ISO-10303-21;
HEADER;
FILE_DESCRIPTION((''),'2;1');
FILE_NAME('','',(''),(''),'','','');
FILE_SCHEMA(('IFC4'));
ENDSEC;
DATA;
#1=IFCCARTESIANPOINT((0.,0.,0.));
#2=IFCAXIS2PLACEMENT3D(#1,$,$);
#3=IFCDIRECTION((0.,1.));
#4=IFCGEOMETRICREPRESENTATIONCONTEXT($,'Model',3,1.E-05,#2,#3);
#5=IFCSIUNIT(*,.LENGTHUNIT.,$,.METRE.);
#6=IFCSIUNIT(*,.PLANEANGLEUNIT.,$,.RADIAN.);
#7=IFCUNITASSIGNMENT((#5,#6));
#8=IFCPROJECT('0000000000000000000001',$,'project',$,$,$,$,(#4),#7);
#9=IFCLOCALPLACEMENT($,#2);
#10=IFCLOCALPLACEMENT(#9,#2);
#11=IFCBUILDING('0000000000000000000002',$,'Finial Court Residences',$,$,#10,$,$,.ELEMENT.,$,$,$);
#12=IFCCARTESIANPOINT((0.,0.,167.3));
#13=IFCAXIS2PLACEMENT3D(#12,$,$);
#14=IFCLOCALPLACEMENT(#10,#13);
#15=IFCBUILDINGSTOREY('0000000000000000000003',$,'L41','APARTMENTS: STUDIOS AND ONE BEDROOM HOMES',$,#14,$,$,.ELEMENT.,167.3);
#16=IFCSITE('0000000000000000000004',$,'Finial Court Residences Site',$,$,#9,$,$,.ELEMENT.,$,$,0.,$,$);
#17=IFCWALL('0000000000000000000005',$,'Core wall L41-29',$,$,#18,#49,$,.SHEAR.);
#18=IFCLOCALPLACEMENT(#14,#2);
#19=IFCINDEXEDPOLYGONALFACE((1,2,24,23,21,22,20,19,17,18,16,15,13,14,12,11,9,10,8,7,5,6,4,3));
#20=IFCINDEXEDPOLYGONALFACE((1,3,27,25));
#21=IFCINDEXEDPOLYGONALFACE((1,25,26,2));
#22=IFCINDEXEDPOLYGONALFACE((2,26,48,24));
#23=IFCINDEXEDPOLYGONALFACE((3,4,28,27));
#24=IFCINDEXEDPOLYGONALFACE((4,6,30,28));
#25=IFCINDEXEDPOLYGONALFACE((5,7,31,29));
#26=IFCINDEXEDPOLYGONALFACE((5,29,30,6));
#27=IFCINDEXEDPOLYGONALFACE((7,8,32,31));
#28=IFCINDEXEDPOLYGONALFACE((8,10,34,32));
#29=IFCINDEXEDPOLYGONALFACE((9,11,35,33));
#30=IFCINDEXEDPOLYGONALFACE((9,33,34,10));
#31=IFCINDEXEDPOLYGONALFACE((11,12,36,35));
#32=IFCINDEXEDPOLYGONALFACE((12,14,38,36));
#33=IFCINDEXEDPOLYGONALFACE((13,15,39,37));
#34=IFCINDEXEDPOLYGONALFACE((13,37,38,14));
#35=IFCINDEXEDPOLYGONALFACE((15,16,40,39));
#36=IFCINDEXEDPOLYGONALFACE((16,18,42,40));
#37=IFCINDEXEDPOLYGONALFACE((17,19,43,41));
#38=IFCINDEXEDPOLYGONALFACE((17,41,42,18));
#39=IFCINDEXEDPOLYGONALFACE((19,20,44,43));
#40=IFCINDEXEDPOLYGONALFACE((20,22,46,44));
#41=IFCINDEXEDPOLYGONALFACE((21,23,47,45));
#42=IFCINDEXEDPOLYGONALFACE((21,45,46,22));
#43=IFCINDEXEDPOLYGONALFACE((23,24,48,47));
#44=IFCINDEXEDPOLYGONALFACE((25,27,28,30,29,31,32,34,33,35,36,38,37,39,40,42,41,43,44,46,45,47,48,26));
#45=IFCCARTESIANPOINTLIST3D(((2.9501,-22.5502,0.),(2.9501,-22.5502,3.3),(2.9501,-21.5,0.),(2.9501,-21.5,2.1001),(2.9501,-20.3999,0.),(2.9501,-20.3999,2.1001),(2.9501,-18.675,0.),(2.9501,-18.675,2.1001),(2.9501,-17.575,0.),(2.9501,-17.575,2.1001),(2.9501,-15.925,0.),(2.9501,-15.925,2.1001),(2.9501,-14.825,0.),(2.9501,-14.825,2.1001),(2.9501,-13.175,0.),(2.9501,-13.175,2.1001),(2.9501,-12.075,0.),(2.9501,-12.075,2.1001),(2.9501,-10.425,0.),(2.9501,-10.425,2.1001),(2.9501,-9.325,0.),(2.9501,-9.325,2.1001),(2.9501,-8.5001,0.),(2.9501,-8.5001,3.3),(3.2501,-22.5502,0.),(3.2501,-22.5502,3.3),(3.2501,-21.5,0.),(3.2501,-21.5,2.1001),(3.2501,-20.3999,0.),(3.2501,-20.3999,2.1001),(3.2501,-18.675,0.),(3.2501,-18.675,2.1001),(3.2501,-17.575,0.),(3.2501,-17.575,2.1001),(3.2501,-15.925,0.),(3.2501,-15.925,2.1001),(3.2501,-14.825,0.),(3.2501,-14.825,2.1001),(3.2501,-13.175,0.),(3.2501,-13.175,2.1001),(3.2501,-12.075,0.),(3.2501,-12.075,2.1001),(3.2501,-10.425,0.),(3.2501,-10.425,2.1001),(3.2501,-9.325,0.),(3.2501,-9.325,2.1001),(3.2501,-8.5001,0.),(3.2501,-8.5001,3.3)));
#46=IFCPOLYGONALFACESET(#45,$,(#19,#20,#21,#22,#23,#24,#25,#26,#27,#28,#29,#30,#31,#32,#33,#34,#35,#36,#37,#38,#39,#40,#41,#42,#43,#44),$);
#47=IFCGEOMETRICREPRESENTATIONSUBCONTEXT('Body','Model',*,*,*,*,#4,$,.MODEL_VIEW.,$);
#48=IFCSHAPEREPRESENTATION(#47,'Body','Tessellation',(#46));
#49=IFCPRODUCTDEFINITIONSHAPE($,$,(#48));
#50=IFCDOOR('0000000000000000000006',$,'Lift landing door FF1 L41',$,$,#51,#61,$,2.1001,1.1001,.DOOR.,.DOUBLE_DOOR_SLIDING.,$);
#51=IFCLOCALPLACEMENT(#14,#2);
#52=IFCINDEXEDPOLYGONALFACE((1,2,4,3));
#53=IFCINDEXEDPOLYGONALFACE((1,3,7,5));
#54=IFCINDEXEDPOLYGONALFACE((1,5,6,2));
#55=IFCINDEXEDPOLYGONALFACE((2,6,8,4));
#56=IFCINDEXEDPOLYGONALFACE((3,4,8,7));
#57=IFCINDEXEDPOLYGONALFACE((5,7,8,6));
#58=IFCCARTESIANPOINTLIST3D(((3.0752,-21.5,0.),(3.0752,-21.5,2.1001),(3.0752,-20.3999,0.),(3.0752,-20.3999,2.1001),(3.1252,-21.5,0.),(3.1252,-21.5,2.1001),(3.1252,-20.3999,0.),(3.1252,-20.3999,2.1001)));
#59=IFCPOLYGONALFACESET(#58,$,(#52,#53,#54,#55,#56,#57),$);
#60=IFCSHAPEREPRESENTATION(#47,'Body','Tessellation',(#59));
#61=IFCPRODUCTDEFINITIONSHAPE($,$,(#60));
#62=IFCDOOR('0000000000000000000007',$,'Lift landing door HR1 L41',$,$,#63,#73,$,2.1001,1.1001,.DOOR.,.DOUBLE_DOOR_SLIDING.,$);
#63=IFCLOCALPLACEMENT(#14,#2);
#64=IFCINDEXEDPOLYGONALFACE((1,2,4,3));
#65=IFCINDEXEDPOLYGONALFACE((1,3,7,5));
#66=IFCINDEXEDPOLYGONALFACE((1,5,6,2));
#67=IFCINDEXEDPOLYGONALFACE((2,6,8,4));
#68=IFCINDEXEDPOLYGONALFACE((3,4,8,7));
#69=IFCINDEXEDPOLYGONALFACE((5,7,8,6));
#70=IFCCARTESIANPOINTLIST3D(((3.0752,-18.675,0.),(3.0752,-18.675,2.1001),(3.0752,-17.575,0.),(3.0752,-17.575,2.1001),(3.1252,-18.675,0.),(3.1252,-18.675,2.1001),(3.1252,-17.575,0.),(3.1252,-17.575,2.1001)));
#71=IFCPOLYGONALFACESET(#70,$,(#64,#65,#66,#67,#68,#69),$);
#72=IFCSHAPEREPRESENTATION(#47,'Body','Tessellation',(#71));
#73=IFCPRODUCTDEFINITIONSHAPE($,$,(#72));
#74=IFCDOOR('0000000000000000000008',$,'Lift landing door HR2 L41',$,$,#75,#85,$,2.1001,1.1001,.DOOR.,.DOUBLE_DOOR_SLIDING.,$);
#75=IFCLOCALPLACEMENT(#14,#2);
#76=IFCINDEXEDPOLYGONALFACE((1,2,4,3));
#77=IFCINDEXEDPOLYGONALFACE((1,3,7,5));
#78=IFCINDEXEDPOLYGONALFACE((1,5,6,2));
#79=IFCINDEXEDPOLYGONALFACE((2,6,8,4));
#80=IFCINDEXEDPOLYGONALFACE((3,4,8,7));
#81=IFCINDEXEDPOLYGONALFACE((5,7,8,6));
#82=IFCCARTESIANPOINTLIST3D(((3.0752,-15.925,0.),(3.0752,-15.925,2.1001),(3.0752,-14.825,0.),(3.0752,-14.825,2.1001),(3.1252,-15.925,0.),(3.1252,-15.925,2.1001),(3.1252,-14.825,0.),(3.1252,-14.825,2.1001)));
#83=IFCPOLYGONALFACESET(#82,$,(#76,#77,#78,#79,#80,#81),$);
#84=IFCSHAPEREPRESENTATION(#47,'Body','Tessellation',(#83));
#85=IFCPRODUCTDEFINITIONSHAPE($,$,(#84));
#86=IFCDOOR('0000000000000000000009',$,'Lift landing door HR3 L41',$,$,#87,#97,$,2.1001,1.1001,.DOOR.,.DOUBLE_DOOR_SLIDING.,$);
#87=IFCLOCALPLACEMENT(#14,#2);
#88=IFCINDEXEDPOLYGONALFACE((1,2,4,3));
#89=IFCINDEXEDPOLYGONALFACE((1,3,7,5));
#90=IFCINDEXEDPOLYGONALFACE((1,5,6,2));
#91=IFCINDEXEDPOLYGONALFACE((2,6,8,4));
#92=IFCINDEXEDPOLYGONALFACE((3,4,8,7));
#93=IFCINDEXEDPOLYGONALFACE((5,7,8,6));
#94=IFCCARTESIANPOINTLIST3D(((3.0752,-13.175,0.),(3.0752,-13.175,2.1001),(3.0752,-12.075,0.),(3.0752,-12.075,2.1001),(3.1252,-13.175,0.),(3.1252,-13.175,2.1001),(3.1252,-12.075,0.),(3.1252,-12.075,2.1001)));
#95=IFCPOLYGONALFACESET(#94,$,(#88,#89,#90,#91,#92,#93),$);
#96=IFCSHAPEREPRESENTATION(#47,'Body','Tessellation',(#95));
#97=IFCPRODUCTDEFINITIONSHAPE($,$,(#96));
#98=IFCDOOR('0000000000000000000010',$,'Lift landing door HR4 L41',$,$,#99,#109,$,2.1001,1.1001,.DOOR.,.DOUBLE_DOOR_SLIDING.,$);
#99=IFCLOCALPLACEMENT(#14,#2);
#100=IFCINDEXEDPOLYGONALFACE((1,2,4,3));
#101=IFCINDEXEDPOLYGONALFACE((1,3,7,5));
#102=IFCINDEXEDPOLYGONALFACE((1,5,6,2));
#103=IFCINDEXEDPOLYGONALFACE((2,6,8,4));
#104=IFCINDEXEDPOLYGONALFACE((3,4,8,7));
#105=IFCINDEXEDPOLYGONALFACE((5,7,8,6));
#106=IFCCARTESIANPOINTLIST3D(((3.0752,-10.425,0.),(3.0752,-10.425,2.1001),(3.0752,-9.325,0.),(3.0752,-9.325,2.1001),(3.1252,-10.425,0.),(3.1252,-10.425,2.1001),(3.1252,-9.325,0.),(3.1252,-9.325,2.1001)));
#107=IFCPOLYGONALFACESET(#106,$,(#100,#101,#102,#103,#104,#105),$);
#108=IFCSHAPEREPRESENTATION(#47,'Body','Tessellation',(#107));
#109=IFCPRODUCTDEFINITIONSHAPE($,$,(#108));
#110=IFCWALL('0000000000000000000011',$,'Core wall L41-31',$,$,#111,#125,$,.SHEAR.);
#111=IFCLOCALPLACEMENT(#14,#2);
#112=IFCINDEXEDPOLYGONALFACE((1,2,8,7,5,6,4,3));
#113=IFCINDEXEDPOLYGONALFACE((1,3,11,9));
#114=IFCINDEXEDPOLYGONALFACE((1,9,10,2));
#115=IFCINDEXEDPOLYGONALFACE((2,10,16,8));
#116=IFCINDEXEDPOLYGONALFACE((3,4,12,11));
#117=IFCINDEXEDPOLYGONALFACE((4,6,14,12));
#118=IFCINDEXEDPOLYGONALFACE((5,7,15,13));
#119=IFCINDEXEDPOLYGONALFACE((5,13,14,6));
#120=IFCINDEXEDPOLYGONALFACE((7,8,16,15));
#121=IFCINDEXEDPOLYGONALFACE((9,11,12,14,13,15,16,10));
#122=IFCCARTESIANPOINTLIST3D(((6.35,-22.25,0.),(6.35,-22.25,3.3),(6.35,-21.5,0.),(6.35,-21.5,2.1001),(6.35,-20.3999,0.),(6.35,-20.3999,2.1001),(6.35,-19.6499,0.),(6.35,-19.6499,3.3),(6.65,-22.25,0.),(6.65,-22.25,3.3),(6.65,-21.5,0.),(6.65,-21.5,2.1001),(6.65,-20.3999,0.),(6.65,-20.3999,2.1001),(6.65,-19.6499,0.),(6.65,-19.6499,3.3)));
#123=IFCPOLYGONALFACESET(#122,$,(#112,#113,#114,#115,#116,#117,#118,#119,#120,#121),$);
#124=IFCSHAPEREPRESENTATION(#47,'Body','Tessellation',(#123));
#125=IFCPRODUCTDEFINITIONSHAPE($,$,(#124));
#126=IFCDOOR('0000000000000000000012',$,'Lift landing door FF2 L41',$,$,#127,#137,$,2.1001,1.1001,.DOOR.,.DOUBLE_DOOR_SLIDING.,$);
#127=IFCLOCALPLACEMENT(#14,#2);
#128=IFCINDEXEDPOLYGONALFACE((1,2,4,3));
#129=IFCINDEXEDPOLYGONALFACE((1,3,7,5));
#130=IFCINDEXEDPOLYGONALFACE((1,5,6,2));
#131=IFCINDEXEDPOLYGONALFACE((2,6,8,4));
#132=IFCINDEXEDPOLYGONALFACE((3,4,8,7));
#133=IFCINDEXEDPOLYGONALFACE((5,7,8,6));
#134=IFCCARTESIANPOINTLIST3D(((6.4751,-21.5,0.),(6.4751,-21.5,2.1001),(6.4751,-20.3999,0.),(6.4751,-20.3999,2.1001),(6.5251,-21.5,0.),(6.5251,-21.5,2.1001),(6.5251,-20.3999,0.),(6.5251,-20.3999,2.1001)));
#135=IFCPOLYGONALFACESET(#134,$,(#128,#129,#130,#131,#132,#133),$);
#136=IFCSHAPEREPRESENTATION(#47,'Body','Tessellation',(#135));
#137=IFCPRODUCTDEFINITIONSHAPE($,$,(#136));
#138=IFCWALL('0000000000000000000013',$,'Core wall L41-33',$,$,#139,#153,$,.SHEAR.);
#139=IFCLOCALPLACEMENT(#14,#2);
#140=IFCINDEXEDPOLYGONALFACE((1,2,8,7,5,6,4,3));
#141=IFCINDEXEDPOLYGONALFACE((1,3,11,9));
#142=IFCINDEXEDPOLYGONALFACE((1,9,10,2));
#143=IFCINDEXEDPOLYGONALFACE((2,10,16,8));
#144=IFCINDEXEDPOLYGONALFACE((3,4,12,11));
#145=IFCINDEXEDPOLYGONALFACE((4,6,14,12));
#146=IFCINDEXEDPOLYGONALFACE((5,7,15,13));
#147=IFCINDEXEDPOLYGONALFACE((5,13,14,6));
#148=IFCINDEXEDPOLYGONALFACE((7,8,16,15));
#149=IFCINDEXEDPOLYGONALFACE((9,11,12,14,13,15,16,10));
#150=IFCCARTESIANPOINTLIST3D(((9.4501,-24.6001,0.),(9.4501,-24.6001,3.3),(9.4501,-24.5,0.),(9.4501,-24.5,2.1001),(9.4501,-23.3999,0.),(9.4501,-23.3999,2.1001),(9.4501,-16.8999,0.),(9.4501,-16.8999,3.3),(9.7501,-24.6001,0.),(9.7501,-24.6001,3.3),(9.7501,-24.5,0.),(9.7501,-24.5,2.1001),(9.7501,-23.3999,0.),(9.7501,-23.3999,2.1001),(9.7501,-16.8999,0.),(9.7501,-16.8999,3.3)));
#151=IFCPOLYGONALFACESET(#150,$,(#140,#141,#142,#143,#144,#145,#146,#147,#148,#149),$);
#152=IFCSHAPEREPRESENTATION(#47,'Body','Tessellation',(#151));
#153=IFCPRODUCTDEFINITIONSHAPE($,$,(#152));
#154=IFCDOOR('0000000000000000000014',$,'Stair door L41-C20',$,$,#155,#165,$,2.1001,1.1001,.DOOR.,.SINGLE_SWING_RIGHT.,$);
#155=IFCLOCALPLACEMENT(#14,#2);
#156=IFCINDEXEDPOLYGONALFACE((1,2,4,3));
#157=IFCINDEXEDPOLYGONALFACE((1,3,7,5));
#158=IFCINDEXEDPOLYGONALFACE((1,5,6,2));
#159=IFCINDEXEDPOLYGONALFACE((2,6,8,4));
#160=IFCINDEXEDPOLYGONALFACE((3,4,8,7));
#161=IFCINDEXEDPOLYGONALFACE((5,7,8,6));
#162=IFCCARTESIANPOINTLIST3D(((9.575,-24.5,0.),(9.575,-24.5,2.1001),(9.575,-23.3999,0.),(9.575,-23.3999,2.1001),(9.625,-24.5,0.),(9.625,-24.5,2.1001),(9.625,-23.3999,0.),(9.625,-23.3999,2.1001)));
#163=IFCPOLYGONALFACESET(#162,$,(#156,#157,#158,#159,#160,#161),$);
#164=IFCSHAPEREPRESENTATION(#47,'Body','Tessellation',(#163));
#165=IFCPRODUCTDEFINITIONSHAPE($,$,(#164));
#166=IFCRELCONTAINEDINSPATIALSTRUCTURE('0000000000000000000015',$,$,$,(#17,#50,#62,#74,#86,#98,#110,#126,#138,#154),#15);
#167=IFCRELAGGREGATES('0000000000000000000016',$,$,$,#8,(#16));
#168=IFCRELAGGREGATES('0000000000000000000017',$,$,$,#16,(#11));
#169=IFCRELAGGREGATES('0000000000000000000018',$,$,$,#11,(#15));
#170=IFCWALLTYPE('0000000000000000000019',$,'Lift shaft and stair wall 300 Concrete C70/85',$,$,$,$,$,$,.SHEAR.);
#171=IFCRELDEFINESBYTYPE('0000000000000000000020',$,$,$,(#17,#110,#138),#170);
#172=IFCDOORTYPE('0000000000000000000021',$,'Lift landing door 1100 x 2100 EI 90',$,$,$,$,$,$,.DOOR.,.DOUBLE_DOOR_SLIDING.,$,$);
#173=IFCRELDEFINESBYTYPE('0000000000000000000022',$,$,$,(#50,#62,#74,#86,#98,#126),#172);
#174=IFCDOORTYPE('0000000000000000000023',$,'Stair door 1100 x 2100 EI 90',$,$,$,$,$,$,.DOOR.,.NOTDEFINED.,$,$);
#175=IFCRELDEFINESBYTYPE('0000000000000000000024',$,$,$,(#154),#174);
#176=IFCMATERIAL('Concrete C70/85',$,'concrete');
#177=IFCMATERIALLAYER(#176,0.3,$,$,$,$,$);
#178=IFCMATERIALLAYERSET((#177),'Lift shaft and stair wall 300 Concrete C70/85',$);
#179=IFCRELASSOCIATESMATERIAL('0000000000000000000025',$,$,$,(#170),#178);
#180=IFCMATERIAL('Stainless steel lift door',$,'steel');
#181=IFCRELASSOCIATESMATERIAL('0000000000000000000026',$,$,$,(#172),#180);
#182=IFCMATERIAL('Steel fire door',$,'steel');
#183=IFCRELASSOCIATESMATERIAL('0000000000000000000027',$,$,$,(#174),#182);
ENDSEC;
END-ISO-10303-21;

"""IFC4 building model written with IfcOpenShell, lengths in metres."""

from ifc_helpers import new_model, si_unit, direction, frame, frame_2d, origin, place, context, subcontext, project, spatial, rectangle, extrude, material, layer, layer_set, type_object, element, fill, save


model = new_model("IFC4")

# Units and contexts
model_context = context("Model", 3, precision=1e-05, world=origin(), true_north=direction((0.0, 1.0)))
body_context = subcontext(model_context, "Body", "Model", "MODEL_VIEW")
ifc_project = project(units=[si_unit("LENGTHUNIT", "METRE"), si_unit("PLANEANGLEUNIT", "RADIAN")], contexts=[model_context])

# Site, building, storey
site_placement = place(None, origin())
site = spatial("IfcSite", under=ifc_project, at=site_placement, Name="Finial Court Residences Site", CompositionType="ELEMENT", RefElevation=0.0)
building_placement = place(site_placement, origin())
building = spatial("IfcBuilding", under=site, at=building_placement, Name="Finial Court Residences", CompositionType="ELEMENT")
storey_placement = place(building_placement, frame((0.0, 0.0, 167.3)))
storey = spatial("IfcBuildingStorey", under=building, at=storey_placement, Name="L41", Description="APARTMENTS: STUDIOS AND ONE BEDROOM HOMES", CompositionType="ELEMENT", Elevation=167.3)

# Shared definitions
ifc_material_1 = material(Name="Steel fire door", Category="steel")

# Shared definitions
ifc_material_2 = material(Name="Concrete C70/85", Category="concrete")
ifc_layer_1 = layer(ifc_material_2, 0.3)
ifc_layer_set_1 = layer_set([ifc_layer_1], Name="Lift shaft and stair wall 300 Concrete C70/85")
wall_type_1 = type_object("IfcWallType", Name="Lift shaft and stair wall 300 Concrete C70/85", PredefinedType="SHEAR", material=ifc_layer_set_1)

# Wall, openings, doors
wall_1_placement = place(storey_placement, frame((3.1001, -22.55, 0.0), z_axis=(0.0, 0.0, 1.0), x_axis=(0.0, 1.0, 0.0)))
wall_1 = element("IfcWall", 1, at=wall_1_placement, inside=storey, type_object=wall_type_1, Name="Core wall L41-29", PredefinedType="SHEAR", context=body_context, shape_type="SweptSolid", body=[
    extrude(rectangle(XDim=14.05, YDim=0.3, at=frame_2d((7.0249, 0.0))), origin(), (0.0, 0.0, 1.0), 3.3),
])
opening_1_placement = place(wall_1_placement, frame((1.05, 0.0, 0.0)))
opening_1 = element("IfcOpeningElement", 2, at=opening_1_placement, cuts=wall_1, PredefinedType="OPENING", context=body_context, shape_type="SweptSolid", body=[
    extrude(rectangle(XDim=1.1001, YDim=2.1001, at=frame_2d((0.55, 1.05))), frame((0.0, 0.1599, 0.0), z_axis=(0.0, -1.0, 0.0), x_axis=(1.0, 0.0, 0.0)), (0.0, 0.0, 1.0), 0.3201),
])
opening_2_placement = place(wall_1_placement, frame((3.875, 0.0, 0.0)))
opening_2 = element("IfcOpeningElement", 3, at=opening_2_placement, cuts=wall_1, PredefinedType="OPENING", context=body_context, shape_type="SweptSolid", body=[
    extrude(rectangle(XDim=1.1001, YDim=2.1001, at=frame_2d((0.55, 1.05))), frame((0.0, 0.1599, 0.0), z_axis=(0.0, -1.0, 0.0), x_axis=(1.0, 0.0, 0.0)), (0.0, 0.0, 1.0), 0.3201),
])
opening_3_placement = place(wall_1_placement, frame((6.625, 0.0, 0.0)))
opening_3 = element("IfcOpeningElement", 4, at=opening_3_placement, cuts=wall_1, PredefinedType="OPENING", context=body_context, shape_type="SweptSolid", body=[
    extrude(rectangle(XDim=1.1001, YDim=2.1001, at=frame_2d((0.55, 1.05))), frame((0.0, 0.1599, 0.0), z_axis=(0.0, -1.0, 0.0), x_axis=(1.0, 0.0, 0.0)), (0.0, 0.0, 1.0), 0.3201),
])
opening_4_placement = place(wall_1_placement, frame((9.375, 0.0, 0.0)))
opening_4 = element("IfcOpeningElement", 5, at=opening_4_placement, cuts=wall_1, PredefinedType="OPENING", context=body_context, shape_type="SweptSolid", body=[
    extrude(rectangle(XDim=1.1001, YDim=2.1001, at=frame_2d((0.55, 1.05))), frame((0.0, 0.1599, 0.0), z_axis=(0.0, -1.0, 0.0), x_axis=(1.0, 0.0, 0.0)), (0.0, 0.0, 1.0), 0.3201),
])
opening_5_placement = place(wall_1_placement, frame((12.125, 0.0, 0.0)))
opening_5 = element("IfcOpeningElement", 6, at=opening_5_placement, cuts=wall_1, PredefinedType="OPENING", context=body_context, shape_type="SweptSolid", body=[
    extrude(rectangle(XDim=1.1001, YDim=2.1001, at=frame_2d((0.55, 1.05))), frame((0.0, 0.1599, 0.0), z_axis=(0.0, -1.0, 0.0), x_axis=(1.0, 0.0, 0.0)), (0.0, 0.0, 1.0), 0.3201),
])
ifc_material_3 = material(Name="Stainless steel lift door", Category="steel")
door_type_1 = type_object("IfcDoorType", Name="Lift landing door 1100 x 2100 EI 90", OperationType="DOUBLE_DOOR_SLIDING", PredefinedType="DOOR", material=ifc_material_3)
door_1_placement = place(opening_1_placement, origin())
door_1 = element("IfcDoor", 7, at=door_1_placement, inside=storey, type_object=door_type_1, Name="Lift landing door FF1 L41", OperationType="DOUBLE_DOOR_SLIDING", OverallHeight=2.1001, OverallWidth=1.1001, PredefinedType="DOOR", context=body_context, shape_type="SweptSolid", body=[
    extrude(rectangle(XDim=1.1001, YDim=2.1001, at=frame_2d((0.55, 1.05))), frame((0.0, 0.0249, 0.0), z_axis=(0.0, -1.0, 0.0), x_axis=(1.0, 0.0, 0.0)), (0.0, 0.0, 1.0), 0.05),
])
fill(opening_1, door_1)
door_2_placement = place(opening_2_placement, origin())
door_2 = element("IfcDoor", 8, at=door_2_placement, inside=storey, type_object=door_type_1, Name="Lift landing door HR1 L41", OperationType="DOUBLE_DOOR_SLIDING", OverallHeight=2.1001, OverallWidth=1.1001, PredefinedType="DOOR", context=body_context, shape_type="SweptSolid", body=[
    extrude(rectangle(XDim=1.1001, YDim=2.1001, at=frame_2d((0.55, 1.05))), frame((0.0, 0.0249, 0.0), z_axis=(0.0, -1.0, 0.0), x_axis=(1.0, 0.0, 0.0)), (0.0, 0.0, 1.0), 0.05),
])
fill(opening_2, door_2)
door_3_placement = place(opening_3_placement, origin())
door_3 = element("IfcDoor", 9, at=door_3_placement, inside=storey, type_object=door_type_1, Name="Lift landing door HR2 L41", OperationType="DOUBLE_DOOR_SLIDING", OverallHeight=2.1001, OverallWidth=1.1001, PredefinedType="DOOR", context=body_context, shape_type="SweptSolid", body=[
    extrude(rectangle(XDim=1.1001, YDim=2.1001, at=frame_2d((0.55, 1.05))), frame((0.0, 0.0249, 0.0), z_axis=(0.0, -1.0, 0.0), x_axis=(1.0, 0.0, 0.0)), (0.0, 0.0, 1.0), 0.05),
])
fill(opening_3, door_3)
door_4_placement = place(opening_4_placement, origin())
door_4 = element("IfcDoor", 10, at=door_4_placement, inside=storey, type_object=door_type_1, Name="Lift landing door HR3 L41", OperationType="DOUBLE_DOOR_SLIDING", OverallHeight=2.1001, OverallWidth=1.1001, PredefinedType="DOOR", context=body_context, shape_type="SweptSolid", body=[
    extrude(rectangle(XDim=1.1001, YDim=2.1001, at=frame_2d((0.55, 1.05))), frame((0.0, 0.0249, 0.0), z_axis=(0.0, -1.0, 0.0), x_axis=(1.0, 0.0, 0.0)), (0.0, 0.0, 1.0), 0.05),
])
fill(opening_4, door_4)
door_5_placement = place(opening_5_placement, origin())
door_5 = element("IfcDoor", 11, at=door_5_placement, inside=storey, type_object=door_type_1, Name="Lift landing door HR4 L41", OperationType="DOUBLE_DOOR_SLIDING", OverallHeight=2.1001, OverallWidth=1.1001, PredefinedType="DOOR", context=body_context, shape_type="SweptSolid", body=[
    extrude(rectangle(XDim=1.1001, YDim=2.1001, at=frame_2d((0.55, 1.05))), frame((0.0, 0.0249, 0.0), z_axis=(0.0, -1.0, 0.0), x_axis=(1.0, 0.0, 0.0)), (0.0, 0.0, 1.0), 0.05),
])
fill(opening_5, door_5)

# Walls, openings, doors
wall_2_placement = place(storey_placement, frame((6.5, -22.25, 0.0), z_axis=(0.0, 0.0, 1.0), x_axis=(0.0, 1.0, 0.0)))
wall_2 = element("IfcWall", 12, at=wall_2_placement, inside=storey, type_object=wall_type_1, Name="Core wall L41-31", PredefinedType="SHEAR", context=body_context, shape_type="SweptSolid", body=[
    extrude(rectangle(XDim=2.6001, YDim=0.3, at=frame_2d((1.3, 0.0))), origin(), (0.0, 0.0, 1.0), 3.3),
])
opening_6_placement = place(wall_2_placement, frame((0.75, 0.0, 0.0)))
opening_6 = element("IfcOpeningElement", 13, at=opening_6_placement, cuts=wall_2, PredefinedType="OPENING", context=body_context, shape_type="SweptSolid", body=[
    extrude(rectangle(XDim=1.1001, YDim=2.1001, at=frame_2d((0.55, 1.05))), frame((0.0, 0.1599, 0.0), z_axis=(0.0, -1.0, 0.0), x_axis=(1.0, 0.0, 0.0)), (0.0, 0.0, 1.0), 0.3201),
])
door_6_placement = place(opening_6_placement, origin())
door_6 = element("IfcDoor", 14, at=door_6_placement, inside=storey, type_object=door_type_1, Name="Lift landing door FF2 L41", OperationType="DOUBLE_DOOR_SLIDING", OverallHeight=2.1001, OverallWidth=1.1001, PredefinedType="DOOR", context=body_context, shape_type="SweptSolid", body=[
    extrude(rectangle(XDim=1.1001, YDim=2.1001, at=frame_2d((0.55, 1.05))), frame((0.0, 0.0249, 0.0), z_axis=(0.0, -1.0, 0.0), x_axis=(1.0, 0.0, 0.0)), (0.0, 0.0, 1.0), 0.05),
])
fill(opening_6, door_6)
wall_3_placement = place(storey_placement, frame((9.6001, -16.8999, 0.0), z_axis=(0.0, 0.0, 1.0), x_axis=(0.0, -1.0, 0.0)))
wall_3 = element("IfcWall", 15, at=wall_3_placement, inside=storey, type_object=wall_type_1, Name="Core wall L41-33", PredefinedType="SHEAR", context=body_context, shape_type="SweptSolid", body=[
    extrude(rectangle(XDim=7.7002, YDim=0.3, at=frame_2d((3.8501, 0.0))), origin(), (0.0, 0.0, 1.0), 3.3),
])
opening_7_placement = place(wall_3_placement, frame((6.5, 0.0, 0.0)))
opening_7 = element("IfcOpeningElement", 16, at=opening_7_placement, cuts=wall_3, PredefinedType="OPENING", context=body_context, shape_type="SweptSolid", body=[
    extrude(rectangle(XDim=1.1001, YDim=2.1001, at=frame_2d((0.55, 1.05))), frame((0.0, 0.1599, 0.0), z_axis=(0.0, -1.0, 0.0), x_axis=(1.0, 0.0, 0.0)), (0.0, 0.0, 1.0), 0.3201),
])
door_type_2 = type_object("IfcDoorType", Name="Stair door 1100 x 2100 EI 90", OperationType="NOTDEFINED", PredefinedType="DOOR", material=ifc_material_1)
door_7_placement = place(opening_7_placement, origin())
door_7 = element("IfcDoor", 17, at=door_7_placement, inside=storey, type_object=door_type_2, Name="Stair door L41-C20", OperationType="SINGLE_SWING_RIGHT", OverallHeight=2.1001, OverallWidth=1.1001, PredefinedType="DOOR", context=body_context, shape_type="SweptSolid", body=[
    extrude(rectangle(XDim=1.1001, YDim=2.1001, at=frame_2d((0.55, 1.05))), frame((0.0, 0.0249, 0.0), z_axis=(0.0, -1.0, 0.0), x_axis=(1.0, 0.0, 0.0)), (0.0, 0.0, 1.0), 0.05),
])
fill(opening_7, door_7)

save(model, "model.ifc")
